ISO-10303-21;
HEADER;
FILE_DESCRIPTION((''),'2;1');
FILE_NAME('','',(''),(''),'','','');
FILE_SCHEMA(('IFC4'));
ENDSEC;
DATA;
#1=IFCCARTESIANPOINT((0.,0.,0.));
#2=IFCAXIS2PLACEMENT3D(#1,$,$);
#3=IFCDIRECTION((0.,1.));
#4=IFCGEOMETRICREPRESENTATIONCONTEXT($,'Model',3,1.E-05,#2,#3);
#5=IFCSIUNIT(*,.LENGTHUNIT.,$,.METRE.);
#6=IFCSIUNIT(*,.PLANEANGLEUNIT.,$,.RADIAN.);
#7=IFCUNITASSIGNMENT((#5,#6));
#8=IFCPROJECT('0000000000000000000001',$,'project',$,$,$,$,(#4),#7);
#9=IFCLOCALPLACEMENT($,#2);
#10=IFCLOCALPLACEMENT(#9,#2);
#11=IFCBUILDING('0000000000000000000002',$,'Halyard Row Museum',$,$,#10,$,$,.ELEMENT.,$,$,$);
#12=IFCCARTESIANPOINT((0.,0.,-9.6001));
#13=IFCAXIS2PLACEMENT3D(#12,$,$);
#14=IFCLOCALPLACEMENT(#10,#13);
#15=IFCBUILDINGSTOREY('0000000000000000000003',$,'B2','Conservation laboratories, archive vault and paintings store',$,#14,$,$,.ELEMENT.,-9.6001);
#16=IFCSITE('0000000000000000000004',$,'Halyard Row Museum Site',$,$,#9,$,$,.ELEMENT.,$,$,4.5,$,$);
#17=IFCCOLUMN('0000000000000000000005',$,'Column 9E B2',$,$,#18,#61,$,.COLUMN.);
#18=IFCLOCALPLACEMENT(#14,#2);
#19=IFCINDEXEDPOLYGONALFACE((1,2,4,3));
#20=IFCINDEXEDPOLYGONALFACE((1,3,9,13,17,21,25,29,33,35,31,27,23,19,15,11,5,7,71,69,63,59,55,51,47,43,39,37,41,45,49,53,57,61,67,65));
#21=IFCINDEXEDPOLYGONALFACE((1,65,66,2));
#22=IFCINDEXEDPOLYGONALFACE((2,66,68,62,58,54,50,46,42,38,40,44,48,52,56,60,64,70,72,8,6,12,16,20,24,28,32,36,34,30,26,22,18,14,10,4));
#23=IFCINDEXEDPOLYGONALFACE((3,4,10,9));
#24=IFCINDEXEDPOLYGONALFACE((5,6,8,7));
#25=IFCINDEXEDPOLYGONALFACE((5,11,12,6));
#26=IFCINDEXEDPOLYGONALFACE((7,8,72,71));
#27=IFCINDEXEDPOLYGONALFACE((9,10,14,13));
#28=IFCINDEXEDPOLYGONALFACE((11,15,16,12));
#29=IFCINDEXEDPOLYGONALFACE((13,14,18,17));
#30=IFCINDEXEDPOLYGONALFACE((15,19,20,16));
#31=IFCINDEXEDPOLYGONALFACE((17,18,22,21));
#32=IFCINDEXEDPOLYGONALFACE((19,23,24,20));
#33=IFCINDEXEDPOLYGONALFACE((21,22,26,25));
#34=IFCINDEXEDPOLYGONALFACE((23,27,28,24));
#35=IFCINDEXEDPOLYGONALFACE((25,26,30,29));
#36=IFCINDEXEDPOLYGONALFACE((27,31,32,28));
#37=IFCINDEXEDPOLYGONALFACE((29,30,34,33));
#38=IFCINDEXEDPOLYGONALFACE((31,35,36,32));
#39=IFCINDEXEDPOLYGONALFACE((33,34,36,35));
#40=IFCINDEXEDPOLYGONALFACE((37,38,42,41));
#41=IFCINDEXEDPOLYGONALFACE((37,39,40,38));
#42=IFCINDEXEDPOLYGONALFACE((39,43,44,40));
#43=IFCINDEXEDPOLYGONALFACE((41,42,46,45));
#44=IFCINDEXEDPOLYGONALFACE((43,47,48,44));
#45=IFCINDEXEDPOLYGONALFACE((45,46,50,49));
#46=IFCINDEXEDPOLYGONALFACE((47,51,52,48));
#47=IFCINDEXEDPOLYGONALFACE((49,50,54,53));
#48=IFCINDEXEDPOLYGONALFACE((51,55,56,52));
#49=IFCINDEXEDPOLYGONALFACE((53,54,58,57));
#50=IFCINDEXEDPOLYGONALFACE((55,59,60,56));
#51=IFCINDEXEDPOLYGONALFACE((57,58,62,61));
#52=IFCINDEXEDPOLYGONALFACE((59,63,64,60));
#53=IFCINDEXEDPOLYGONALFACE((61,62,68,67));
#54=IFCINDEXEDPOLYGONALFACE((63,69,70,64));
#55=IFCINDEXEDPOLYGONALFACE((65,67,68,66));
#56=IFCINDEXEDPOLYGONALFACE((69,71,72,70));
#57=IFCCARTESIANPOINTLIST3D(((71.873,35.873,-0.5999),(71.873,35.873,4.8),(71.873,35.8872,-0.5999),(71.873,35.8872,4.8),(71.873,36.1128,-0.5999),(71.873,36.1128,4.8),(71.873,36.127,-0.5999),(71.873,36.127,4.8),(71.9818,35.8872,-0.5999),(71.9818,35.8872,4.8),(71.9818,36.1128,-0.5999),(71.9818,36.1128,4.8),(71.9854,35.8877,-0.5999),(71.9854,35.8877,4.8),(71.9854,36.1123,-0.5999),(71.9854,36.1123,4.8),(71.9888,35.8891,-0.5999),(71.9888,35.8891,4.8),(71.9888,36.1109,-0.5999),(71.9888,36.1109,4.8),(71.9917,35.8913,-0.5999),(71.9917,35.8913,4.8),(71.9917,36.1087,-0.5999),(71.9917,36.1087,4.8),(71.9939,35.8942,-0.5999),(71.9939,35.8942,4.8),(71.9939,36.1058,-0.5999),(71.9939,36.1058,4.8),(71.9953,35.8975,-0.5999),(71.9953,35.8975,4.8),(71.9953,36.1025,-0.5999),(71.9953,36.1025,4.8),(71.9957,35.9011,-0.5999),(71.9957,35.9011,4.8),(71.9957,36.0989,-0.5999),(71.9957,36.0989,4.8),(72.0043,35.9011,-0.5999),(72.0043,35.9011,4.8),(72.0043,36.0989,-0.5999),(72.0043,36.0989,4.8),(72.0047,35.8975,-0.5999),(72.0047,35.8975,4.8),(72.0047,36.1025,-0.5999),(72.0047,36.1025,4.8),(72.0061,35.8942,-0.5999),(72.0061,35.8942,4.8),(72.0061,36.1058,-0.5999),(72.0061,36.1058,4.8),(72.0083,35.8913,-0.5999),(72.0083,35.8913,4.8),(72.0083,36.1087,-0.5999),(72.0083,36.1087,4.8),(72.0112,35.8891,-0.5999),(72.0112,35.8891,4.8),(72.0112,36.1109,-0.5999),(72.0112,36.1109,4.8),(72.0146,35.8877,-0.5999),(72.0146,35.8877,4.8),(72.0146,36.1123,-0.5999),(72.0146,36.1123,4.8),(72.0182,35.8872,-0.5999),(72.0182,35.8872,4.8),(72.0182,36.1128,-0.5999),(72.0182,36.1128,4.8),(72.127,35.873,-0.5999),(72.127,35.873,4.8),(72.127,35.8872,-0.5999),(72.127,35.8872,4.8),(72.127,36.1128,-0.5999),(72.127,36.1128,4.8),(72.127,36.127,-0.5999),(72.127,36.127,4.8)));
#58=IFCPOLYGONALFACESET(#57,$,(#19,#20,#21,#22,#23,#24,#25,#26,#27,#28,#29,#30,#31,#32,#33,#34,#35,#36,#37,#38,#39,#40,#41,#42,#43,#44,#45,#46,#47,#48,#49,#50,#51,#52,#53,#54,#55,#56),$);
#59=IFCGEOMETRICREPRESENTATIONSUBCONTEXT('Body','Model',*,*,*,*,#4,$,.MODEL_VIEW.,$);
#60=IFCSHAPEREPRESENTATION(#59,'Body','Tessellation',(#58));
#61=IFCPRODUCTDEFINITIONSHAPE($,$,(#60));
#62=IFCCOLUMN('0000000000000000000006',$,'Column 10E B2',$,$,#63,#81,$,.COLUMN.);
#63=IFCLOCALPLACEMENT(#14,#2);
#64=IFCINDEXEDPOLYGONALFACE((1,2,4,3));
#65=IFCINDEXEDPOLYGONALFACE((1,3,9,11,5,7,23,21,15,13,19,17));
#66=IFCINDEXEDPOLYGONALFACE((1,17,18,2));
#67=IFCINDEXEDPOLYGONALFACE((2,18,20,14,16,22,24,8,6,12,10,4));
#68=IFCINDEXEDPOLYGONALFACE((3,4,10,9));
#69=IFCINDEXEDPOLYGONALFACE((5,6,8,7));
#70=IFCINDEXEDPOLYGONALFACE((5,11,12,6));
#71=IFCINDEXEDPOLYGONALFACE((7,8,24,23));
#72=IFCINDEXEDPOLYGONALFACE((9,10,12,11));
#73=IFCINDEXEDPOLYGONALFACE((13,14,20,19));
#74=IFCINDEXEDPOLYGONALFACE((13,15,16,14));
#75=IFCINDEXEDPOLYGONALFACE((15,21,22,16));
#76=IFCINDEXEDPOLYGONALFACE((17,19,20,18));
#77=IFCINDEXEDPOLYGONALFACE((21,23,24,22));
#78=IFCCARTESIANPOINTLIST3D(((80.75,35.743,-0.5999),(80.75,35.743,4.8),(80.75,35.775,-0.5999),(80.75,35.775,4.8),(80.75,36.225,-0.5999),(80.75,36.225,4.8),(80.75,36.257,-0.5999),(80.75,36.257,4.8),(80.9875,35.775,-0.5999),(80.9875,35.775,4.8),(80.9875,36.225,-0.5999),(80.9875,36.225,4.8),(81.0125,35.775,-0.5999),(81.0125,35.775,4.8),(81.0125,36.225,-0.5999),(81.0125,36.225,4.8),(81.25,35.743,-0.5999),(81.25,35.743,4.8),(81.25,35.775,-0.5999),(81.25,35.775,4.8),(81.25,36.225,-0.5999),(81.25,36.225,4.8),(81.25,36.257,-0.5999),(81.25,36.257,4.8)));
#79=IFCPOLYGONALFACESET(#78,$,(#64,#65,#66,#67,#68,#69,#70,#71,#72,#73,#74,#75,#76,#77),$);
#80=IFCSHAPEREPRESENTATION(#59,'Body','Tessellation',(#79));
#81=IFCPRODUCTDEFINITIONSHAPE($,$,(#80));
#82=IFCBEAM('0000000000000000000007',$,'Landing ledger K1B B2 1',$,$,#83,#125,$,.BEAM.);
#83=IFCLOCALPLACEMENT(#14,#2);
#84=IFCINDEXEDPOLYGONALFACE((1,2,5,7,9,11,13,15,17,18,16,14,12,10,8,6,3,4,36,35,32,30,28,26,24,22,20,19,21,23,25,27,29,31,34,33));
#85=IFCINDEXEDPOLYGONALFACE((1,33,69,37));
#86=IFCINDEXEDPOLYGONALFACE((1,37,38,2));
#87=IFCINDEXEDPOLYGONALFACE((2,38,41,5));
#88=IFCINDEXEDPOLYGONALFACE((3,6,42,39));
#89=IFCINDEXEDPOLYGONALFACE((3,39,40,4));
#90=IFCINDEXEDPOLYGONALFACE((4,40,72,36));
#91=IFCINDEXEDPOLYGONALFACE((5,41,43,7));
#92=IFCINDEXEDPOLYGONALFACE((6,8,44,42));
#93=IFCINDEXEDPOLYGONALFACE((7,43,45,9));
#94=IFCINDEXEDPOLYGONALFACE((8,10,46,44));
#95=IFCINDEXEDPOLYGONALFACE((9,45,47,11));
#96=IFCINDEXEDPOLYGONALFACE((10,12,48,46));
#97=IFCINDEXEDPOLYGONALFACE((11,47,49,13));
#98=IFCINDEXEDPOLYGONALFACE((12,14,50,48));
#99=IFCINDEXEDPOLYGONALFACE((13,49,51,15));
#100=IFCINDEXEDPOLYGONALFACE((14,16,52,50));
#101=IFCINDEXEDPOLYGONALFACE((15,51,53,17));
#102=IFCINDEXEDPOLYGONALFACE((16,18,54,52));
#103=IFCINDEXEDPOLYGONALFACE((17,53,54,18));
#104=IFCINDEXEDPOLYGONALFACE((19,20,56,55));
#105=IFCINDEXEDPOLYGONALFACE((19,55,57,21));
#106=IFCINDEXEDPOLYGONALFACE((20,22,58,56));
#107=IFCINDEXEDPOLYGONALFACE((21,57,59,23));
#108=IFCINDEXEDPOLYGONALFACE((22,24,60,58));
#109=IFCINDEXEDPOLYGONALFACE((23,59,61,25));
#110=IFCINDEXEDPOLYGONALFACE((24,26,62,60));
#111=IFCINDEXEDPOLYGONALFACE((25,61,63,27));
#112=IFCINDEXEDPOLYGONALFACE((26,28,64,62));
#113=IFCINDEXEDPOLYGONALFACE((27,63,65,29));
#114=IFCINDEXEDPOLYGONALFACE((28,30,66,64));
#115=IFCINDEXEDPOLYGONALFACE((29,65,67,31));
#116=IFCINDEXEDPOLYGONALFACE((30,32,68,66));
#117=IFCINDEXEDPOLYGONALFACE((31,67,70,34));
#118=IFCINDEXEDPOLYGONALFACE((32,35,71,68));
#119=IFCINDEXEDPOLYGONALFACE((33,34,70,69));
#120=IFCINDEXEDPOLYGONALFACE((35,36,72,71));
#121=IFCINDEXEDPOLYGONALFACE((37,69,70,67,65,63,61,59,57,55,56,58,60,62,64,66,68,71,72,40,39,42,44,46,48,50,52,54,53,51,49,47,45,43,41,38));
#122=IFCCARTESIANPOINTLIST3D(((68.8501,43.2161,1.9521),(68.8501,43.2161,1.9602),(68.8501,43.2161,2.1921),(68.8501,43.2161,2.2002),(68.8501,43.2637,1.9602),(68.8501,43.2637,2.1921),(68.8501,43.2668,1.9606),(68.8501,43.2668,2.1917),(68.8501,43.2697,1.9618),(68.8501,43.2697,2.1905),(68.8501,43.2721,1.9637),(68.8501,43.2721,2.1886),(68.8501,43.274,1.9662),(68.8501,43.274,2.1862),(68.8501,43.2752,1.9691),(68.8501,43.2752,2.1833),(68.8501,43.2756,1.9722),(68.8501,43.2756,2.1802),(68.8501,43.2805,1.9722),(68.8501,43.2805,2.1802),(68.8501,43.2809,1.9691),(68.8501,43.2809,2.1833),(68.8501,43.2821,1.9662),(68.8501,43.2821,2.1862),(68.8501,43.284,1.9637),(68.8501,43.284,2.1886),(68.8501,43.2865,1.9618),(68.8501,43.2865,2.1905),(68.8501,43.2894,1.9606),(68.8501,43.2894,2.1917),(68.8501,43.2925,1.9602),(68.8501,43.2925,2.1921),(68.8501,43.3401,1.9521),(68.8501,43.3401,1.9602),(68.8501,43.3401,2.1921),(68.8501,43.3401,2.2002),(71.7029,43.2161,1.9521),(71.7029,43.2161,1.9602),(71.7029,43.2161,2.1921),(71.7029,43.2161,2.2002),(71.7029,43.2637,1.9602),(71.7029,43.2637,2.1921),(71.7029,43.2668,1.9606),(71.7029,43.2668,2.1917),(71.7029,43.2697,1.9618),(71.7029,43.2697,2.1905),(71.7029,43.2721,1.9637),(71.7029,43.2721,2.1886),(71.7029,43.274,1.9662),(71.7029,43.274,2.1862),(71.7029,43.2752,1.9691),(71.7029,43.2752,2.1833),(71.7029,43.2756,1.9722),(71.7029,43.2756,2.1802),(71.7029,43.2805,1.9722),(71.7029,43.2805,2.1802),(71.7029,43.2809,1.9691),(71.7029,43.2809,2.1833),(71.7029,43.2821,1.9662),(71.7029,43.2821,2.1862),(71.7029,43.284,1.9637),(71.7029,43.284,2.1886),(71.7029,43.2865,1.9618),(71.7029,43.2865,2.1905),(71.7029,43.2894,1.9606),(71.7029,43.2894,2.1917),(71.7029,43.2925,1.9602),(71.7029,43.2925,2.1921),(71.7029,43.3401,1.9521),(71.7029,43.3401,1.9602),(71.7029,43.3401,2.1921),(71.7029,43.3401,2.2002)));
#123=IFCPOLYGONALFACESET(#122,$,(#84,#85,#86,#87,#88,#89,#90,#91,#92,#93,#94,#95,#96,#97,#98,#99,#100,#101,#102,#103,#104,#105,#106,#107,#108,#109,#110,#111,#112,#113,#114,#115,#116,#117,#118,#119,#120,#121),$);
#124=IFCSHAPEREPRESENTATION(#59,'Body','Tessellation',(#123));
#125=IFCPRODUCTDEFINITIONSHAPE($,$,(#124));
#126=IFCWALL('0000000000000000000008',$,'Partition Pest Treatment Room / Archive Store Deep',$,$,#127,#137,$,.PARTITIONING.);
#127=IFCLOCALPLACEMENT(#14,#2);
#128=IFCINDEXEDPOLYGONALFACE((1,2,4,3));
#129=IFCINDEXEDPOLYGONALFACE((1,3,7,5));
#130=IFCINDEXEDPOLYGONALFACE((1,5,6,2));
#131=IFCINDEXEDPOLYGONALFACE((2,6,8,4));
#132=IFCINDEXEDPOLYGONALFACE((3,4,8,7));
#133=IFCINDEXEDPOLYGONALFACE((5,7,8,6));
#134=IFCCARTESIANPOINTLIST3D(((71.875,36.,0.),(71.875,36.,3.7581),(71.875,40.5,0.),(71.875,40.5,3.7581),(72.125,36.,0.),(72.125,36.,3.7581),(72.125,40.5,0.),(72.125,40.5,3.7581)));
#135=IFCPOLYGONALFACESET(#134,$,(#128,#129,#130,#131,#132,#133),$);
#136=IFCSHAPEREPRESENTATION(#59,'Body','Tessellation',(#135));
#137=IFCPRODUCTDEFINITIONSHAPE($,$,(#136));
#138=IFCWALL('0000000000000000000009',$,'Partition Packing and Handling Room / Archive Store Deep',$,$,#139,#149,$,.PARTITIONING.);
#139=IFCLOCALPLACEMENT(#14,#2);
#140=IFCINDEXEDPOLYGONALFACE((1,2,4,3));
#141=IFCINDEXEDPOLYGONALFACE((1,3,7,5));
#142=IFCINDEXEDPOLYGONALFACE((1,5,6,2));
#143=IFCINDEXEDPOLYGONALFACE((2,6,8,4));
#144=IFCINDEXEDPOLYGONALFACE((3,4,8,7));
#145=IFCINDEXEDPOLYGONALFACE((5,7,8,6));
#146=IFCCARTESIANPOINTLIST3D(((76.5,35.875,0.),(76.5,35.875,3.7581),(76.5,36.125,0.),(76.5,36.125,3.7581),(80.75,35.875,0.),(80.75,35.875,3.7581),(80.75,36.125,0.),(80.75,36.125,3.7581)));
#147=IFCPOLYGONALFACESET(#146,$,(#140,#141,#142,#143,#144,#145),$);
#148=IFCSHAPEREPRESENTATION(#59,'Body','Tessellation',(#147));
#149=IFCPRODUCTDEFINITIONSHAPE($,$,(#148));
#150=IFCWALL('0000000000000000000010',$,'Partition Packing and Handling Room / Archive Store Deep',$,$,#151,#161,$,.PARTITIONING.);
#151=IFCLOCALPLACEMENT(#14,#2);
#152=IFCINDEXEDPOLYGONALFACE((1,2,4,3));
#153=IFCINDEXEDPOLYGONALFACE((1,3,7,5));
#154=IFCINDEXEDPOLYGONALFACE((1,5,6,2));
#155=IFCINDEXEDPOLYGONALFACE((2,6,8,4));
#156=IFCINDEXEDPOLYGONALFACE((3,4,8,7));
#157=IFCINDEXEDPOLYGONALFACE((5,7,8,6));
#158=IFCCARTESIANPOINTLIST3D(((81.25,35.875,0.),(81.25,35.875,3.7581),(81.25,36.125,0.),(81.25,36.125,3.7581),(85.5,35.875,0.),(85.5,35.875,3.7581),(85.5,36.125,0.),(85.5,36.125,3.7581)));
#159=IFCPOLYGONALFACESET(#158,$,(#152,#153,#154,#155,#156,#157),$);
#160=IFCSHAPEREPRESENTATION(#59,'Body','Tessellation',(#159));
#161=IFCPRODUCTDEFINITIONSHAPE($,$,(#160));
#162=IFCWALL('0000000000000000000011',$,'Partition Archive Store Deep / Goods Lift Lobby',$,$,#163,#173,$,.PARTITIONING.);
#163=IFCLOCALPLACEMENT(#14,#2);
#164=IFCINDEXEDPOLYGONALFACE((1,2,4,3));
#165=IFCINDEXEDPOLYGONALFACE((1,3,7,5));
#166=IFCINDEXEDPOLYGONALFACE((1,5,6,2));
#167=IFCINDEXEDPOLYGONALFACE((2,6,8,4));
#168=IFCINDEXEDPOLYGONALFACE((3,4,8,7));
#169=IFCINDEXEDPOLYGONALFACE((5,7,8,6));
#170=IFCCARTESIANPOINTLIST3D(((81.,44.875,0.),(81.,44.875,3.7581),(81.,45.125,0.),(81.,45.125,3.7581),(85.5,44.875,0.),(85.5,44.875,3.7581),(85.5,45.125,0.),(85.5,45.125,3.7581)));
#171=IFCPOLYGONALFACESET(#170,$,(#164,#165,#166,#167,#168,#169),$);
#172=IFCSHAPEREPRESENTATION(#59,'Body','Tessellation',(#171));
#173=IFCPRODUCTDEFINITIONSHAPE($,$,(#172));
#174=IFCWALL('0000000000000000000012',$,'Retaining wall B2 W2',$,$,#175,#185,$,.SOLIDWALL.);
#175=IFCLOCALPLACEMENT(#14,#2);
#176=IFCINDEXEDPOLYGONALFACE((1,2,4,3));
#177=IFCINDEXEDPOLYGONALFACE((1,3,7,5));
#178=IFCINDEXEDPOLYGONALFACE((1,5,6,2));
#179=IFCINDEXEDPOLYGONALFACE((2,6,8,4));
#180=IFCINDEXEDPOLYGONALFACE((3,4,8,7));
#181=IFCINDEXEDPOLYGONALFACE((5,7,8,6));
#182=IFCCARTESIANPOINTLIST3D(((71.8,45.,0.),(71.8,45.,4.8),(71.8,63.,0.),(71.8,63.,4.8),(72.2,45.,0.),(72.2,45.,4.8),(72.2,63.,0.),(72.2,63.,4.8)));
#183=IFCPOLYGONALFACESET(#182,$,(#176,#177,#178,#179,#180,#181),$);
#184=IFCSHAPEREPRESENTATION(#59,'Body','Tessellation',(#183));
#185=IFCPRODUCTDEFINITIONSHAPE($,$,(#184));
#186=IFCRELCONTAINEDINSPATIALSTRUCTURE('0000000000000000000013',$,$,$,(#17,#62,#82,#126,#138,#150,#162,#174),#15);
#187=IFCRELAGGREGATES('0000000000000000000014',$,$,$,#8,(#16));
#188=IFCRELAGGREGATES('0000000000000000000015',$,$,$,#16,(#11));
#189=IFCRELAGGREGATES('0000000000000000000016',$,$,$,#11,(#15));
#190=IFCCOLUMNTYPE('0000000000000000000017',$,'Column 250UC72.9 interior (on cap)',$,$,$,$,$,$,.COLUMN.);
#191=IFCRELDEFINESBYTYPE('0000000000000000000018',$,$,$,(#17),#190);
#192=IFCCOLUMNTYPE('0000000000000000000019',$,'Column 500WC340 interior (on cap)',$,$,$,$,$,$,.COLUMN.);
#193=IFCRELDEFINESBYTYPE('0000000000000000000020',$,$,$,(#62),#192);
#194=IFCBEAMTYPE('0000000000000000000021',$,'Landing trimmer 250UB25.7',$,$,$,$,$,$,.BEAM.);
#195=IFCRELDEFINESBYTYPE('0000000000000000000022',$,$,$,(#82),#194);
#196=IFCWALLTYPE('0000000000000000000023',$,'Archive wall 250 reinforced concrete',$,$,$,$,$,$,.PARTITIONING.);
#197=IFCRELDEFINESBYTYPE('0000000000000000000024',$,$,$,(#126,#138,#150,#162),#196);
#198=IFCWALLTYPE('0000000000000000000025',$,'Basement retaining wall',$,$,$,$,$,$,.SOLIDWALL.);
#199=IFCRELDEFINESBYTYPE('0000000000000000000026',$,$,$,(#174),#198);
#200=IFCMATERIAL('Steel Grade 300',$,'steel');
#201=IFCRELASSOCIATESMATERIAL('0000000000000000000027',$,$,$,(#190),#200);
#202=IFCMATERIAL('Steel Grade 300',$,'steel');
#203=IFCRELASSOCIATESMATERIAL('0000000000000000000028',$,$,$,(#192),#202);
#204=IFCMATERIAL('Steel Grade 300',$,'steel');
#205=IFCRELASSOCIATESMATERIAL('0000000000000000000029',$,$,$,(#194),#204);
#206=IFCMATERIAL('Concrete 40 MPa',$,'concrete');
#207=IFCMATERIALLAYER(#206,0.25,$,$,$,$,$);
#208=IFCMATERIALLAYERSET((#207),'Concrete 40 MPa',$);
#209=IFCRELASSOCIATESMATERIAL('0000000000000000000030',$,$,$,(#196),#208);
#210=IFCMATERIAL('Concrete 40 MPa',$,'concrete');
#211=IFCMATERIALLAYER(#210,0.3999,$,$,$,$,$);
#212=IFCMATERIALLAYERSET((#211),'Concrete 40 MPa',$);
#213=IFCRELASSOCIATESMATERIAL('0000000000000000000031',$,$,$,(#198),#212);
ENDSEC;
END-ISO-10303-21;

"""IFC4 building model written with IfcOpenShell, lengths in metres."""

from ifc_helpers import new_model, si_unit, direction, frame, frame_2d, origin, origin_2d, place, context, subcontext, project, spatial, rectangle, i_section, extrude, material, layer, layer_set, material_profile, profile_set, type_object, element, save


model = new_model("IFC4")

# Units and contexts
model_context = context("Model", 3, precision=1e-05, world=origin(), true_north=direction((0.0, 1.0)))
body_context = subcontext(model_context, "Body", "Model", "MODEL_VIEW")
ifc_project = project(units=[si_unit("LENGTHUNIT", "METRE"), si_unit("PLANEANGLEUNIT", "RADIAN")], contexts=[model_context])

# Site, building, storey
site_placement = place(None, origin())
site = spatial("IfcSite", under=ifc_project, at=site_placement, Name="Halyard Row Museum Site", CompositionType="ELEMENT", RefElevation=4.5)
building_placement = place(site_placement, origin())
building = spatial("IfcBuilding", under=site, at=building_placement, Name="Halyard Row Museum", CompositionType="ELEMENT")
storey_placement = place(building_placement, frame((0.0, 0.0, -9.6001)))
storey = spatial("IfcBuildingStorey", under=building, at=storey_placement, Name="B2", Description="Conservation laboratories, archive vault and paintings store", CompositionType="ELEMENT", Elevation=-9.6001)

# Columns
ifc_material_1 = material(Name="Steel Grade 300", Category="steel")
ifc_material_profile_1 = material_profile(ifc_material_1, i_section(OverallWidth=0.2539, OverallDepth=0.2539, WebThickness=0.0085, FlangeThickness=0.0142, FilletRadius=0.0139, at=origin_2d()), Name="250UC72.9")
ifc_profile_set_1 = profile_set([ifc_material_profile_1], Name="Steel Grade 300")
column_type_1 = type_object("IfcColumnType", Name="Column 250UC72.9 interior (on cap)", PredefinedType="COLUMN", material=ifc_profile_set_1)
column_1_placement = place(storey_placement, frame((72.0, 36.0, -0.5999), z_axis=(0.0, 0.0, 1.0), x_axis=(1.0, 0.0, 0.0)))
element("IfcColumn", 1, at=column_1_placement, inside=storey, type_object=column_type_1, Name="Column 9E B2", PredefinedType="COLUMN", context=body_context, shape_type="SweptSolid", body=[
    extrude(i_section(OverallWidth=0.2539, OverallDepth=0.2539, WebThickness=0.0085, FlangeThickness=0.0142, FilletRadius=0.0139, at=origin_2d()), origin(), (0.0, 0.0, 1.0), 5.3999),
])
ifc_material_2 = material(Name="Steel Grade 300", Category="steel")
ifc_material_profile_2 = material_profile(ifc_material_2, i_section(OverallWidth=0.5, OverallDepth=0.5139, WebThickness=0.0249, FlangeThickness=0.032, at=origin_2d()), Name="500WC340")
ifc_profile_set_2 = profile_set([ifc_material_profile_2], Name="Steel Grade 300")
column_type_2 = type_object("IfcColumnType", Name="Column 500WC340 interior (on cap)", PredefinedType="COLUMN", material=ifc_profile_set_2)
column_2_placement = place(storey_placement, frame((81.0, 36.0, -0.5999), z_axis=(0.0, 0.0, 1.0), x_axis=(1.0, 0.0, 0.0)))
element("IfcColumn", 2, at=column_2_placement, inside=storey, type_object=column_type_2, Name="Column 10E B2", PredefinedType="COLUMN", context=body_context, shape_type="SweptSolid", body=[
    extrude(i_section(OverallWidth=0.5, OverallDepth=0.5139, WebThickness=0.0249, FlangeThickness=0.032, at=origin_2d()), origin(), (0.0, 0.0, 1.0), 5.3999),
])

# Beam
ifc_material_3 = material(Name="Steel Grade 300", Category="steel")
ifc_material_profile_3 = material_profile(ifc_material_3, i_section(OverallWidth=0.124, OverallDepth=0.248, WebThickness=0.0049, FlangeThickness=0.0081, FilletRadius=0.012, at=origin_2d()), Name="250UB25.7")
ifc_profile_set_3 = profile_set([ifc_material_profile_3], Name="Steel Grade 300")
beam_type = type_object("IfcBeamType", Name="Landing trimmer 250UB25.7", PredefinedType="BEAM", material=ifc_profile_set_3)
beam_placement = place(storey_placement, frame((71.7029, 43.2781, 2.0762), z_axis=(-1.0, 0.0, 0.0), x_axis=(0.0, -1.0, 0.0)))
element("IfcBeam", 3, at=beam_placement, inside=storey, type_object=beam_type, Name="Landing ledger K1B B2 1", PredefinedType="BEAM", context=body_context, shape_type="SweptSolid", body=[
    extrude(i_section(OverallWidth=0.124, OverallDepth=0.248, WebThickness=0.0049, FlangeThickness=0.0081, FilletRadius=0.012, at=origin_2d()), origin(), (0.0, 0.0, 1.0), 2.8528),
])

# Walls
ifc_material_4 = material(Name="Concrete 40 MPa", Category="concrete")
ifc_layer_1 = layer(ifc_material_4, 0.25)
ifc_layer_set_1 = layer_set([ifc_layer_1], Name="Concrete 40 MPa")
wall_type_1 = type_object("IfcWallType", Name="Archive wall 250 reinforced concrete", PredefinedType="PARTITIONING", material=ifc_layer_set_1)
wall_1_placement = place(storey_placement, frame((72.0, 36.0, 0.0), z_axis=(0.0, 0.0, 1.0), x_axis=(0.0, 1.0, 0.0)))
element("IfcWall", 4, at=wall_1_placement, inside=storey, type_object=wall_type_1, Name="Partition Pest Treatment Room / Archive Store Deep", PredefinedType="PARTITIONING", context=body_context, shape_type="SweptSolid", body=[
    extrude(rectangle(XDim=4.5, YDim=0.25, at=frame_2d((2.25, 0.0))), origin(), (0.0, 0.0, 1.0), 3.7581),
])
for number, where, z_axis, x_axis, name in (
    (5, (76.5, 36.0, 0.0), (0.0, 0.0, 1.0), (1.0, 0.0, 0.0), "Partition Packing and Handling Room / Archive Store Deep"),
    (6, (81.25, 36.0, 0.0), (0.0, 0.0, 1.0), (1.0, 0.0, 0.0), "Partition Packing and Handling Room / Archive Store Deep"),
):
    element("IfcWall", number, at=place(storey_placement, frame(where, z_axis=z_axis, x_axis=x_axis)), inside=storey, type_object=wall_type_1, Name=name, PredefinedType="PARTITIONING", context=body_context, shape_type="SweptSolid", body=[
        extrude(rectangle(XDim=4.25, YDim=0.25, at=frame_2d((2.125, 0.0))), origin(), (0.0, 0.0, 1.0), 3.7581),
    ])
wall_2_placement = place(storey_placement, frame((81.0, 45.0, 0.0), z_axis=(0.0, 0.0, 1.0), x_axis=(1.0, 0.0, 0.0)))
element("IfcWall", 7, at=wall_2_placement, inside=storey, type_object=wall_type_1, Name="Partition Archive Store Deep / Goods Lift Lobby", PredefinedType="PARTITIONING", context=body_context, shape_type="SweptSolid", body=[
    extrude(rectangle(XDim=4.5, YDim=0.25, at=frame_2d((2.25, 0.0))), origin(), (0.0, 0.0, 1.0), 3.7581),
])
ifc_material_5 = material(Name="Concrete 40 MPa", Category="concrete")
ifc_layer_2 = layer(ifc_material_5, 0.3999)
ifc_layer_set_2 = layer_set([ifc_layer_2], Name="Concrete 40 MPa")
wall_type_2 = type_object("IfcWallType", Name="Basement retaining wall", PredefinedType="SOLIDWALL", material=ifc_layer_set_2)
wall_3_placement = place(storey_placement, frame((72.0, 45.0, 0.0), z_axis=(0.0, 0.0, 1.0), x_axis=(0.0, 1.0, 0.0)))
element("IfcWall", 8, at=wall_3_placement, inside=storey, type_object=wall_type_2, Name="Retaining wall B2 W2", PredefinedType="SOLIDWALL", context=body_context, shape_type="SweptSolid", body=[
    extrude(rectangle(XDim=18.0, YDim=0.3999, at=frame_2d((9.0, 0.0))), origin(), (0.0, 0.0, 1.0), 4.8),
])

save(model, "model.ifc")
